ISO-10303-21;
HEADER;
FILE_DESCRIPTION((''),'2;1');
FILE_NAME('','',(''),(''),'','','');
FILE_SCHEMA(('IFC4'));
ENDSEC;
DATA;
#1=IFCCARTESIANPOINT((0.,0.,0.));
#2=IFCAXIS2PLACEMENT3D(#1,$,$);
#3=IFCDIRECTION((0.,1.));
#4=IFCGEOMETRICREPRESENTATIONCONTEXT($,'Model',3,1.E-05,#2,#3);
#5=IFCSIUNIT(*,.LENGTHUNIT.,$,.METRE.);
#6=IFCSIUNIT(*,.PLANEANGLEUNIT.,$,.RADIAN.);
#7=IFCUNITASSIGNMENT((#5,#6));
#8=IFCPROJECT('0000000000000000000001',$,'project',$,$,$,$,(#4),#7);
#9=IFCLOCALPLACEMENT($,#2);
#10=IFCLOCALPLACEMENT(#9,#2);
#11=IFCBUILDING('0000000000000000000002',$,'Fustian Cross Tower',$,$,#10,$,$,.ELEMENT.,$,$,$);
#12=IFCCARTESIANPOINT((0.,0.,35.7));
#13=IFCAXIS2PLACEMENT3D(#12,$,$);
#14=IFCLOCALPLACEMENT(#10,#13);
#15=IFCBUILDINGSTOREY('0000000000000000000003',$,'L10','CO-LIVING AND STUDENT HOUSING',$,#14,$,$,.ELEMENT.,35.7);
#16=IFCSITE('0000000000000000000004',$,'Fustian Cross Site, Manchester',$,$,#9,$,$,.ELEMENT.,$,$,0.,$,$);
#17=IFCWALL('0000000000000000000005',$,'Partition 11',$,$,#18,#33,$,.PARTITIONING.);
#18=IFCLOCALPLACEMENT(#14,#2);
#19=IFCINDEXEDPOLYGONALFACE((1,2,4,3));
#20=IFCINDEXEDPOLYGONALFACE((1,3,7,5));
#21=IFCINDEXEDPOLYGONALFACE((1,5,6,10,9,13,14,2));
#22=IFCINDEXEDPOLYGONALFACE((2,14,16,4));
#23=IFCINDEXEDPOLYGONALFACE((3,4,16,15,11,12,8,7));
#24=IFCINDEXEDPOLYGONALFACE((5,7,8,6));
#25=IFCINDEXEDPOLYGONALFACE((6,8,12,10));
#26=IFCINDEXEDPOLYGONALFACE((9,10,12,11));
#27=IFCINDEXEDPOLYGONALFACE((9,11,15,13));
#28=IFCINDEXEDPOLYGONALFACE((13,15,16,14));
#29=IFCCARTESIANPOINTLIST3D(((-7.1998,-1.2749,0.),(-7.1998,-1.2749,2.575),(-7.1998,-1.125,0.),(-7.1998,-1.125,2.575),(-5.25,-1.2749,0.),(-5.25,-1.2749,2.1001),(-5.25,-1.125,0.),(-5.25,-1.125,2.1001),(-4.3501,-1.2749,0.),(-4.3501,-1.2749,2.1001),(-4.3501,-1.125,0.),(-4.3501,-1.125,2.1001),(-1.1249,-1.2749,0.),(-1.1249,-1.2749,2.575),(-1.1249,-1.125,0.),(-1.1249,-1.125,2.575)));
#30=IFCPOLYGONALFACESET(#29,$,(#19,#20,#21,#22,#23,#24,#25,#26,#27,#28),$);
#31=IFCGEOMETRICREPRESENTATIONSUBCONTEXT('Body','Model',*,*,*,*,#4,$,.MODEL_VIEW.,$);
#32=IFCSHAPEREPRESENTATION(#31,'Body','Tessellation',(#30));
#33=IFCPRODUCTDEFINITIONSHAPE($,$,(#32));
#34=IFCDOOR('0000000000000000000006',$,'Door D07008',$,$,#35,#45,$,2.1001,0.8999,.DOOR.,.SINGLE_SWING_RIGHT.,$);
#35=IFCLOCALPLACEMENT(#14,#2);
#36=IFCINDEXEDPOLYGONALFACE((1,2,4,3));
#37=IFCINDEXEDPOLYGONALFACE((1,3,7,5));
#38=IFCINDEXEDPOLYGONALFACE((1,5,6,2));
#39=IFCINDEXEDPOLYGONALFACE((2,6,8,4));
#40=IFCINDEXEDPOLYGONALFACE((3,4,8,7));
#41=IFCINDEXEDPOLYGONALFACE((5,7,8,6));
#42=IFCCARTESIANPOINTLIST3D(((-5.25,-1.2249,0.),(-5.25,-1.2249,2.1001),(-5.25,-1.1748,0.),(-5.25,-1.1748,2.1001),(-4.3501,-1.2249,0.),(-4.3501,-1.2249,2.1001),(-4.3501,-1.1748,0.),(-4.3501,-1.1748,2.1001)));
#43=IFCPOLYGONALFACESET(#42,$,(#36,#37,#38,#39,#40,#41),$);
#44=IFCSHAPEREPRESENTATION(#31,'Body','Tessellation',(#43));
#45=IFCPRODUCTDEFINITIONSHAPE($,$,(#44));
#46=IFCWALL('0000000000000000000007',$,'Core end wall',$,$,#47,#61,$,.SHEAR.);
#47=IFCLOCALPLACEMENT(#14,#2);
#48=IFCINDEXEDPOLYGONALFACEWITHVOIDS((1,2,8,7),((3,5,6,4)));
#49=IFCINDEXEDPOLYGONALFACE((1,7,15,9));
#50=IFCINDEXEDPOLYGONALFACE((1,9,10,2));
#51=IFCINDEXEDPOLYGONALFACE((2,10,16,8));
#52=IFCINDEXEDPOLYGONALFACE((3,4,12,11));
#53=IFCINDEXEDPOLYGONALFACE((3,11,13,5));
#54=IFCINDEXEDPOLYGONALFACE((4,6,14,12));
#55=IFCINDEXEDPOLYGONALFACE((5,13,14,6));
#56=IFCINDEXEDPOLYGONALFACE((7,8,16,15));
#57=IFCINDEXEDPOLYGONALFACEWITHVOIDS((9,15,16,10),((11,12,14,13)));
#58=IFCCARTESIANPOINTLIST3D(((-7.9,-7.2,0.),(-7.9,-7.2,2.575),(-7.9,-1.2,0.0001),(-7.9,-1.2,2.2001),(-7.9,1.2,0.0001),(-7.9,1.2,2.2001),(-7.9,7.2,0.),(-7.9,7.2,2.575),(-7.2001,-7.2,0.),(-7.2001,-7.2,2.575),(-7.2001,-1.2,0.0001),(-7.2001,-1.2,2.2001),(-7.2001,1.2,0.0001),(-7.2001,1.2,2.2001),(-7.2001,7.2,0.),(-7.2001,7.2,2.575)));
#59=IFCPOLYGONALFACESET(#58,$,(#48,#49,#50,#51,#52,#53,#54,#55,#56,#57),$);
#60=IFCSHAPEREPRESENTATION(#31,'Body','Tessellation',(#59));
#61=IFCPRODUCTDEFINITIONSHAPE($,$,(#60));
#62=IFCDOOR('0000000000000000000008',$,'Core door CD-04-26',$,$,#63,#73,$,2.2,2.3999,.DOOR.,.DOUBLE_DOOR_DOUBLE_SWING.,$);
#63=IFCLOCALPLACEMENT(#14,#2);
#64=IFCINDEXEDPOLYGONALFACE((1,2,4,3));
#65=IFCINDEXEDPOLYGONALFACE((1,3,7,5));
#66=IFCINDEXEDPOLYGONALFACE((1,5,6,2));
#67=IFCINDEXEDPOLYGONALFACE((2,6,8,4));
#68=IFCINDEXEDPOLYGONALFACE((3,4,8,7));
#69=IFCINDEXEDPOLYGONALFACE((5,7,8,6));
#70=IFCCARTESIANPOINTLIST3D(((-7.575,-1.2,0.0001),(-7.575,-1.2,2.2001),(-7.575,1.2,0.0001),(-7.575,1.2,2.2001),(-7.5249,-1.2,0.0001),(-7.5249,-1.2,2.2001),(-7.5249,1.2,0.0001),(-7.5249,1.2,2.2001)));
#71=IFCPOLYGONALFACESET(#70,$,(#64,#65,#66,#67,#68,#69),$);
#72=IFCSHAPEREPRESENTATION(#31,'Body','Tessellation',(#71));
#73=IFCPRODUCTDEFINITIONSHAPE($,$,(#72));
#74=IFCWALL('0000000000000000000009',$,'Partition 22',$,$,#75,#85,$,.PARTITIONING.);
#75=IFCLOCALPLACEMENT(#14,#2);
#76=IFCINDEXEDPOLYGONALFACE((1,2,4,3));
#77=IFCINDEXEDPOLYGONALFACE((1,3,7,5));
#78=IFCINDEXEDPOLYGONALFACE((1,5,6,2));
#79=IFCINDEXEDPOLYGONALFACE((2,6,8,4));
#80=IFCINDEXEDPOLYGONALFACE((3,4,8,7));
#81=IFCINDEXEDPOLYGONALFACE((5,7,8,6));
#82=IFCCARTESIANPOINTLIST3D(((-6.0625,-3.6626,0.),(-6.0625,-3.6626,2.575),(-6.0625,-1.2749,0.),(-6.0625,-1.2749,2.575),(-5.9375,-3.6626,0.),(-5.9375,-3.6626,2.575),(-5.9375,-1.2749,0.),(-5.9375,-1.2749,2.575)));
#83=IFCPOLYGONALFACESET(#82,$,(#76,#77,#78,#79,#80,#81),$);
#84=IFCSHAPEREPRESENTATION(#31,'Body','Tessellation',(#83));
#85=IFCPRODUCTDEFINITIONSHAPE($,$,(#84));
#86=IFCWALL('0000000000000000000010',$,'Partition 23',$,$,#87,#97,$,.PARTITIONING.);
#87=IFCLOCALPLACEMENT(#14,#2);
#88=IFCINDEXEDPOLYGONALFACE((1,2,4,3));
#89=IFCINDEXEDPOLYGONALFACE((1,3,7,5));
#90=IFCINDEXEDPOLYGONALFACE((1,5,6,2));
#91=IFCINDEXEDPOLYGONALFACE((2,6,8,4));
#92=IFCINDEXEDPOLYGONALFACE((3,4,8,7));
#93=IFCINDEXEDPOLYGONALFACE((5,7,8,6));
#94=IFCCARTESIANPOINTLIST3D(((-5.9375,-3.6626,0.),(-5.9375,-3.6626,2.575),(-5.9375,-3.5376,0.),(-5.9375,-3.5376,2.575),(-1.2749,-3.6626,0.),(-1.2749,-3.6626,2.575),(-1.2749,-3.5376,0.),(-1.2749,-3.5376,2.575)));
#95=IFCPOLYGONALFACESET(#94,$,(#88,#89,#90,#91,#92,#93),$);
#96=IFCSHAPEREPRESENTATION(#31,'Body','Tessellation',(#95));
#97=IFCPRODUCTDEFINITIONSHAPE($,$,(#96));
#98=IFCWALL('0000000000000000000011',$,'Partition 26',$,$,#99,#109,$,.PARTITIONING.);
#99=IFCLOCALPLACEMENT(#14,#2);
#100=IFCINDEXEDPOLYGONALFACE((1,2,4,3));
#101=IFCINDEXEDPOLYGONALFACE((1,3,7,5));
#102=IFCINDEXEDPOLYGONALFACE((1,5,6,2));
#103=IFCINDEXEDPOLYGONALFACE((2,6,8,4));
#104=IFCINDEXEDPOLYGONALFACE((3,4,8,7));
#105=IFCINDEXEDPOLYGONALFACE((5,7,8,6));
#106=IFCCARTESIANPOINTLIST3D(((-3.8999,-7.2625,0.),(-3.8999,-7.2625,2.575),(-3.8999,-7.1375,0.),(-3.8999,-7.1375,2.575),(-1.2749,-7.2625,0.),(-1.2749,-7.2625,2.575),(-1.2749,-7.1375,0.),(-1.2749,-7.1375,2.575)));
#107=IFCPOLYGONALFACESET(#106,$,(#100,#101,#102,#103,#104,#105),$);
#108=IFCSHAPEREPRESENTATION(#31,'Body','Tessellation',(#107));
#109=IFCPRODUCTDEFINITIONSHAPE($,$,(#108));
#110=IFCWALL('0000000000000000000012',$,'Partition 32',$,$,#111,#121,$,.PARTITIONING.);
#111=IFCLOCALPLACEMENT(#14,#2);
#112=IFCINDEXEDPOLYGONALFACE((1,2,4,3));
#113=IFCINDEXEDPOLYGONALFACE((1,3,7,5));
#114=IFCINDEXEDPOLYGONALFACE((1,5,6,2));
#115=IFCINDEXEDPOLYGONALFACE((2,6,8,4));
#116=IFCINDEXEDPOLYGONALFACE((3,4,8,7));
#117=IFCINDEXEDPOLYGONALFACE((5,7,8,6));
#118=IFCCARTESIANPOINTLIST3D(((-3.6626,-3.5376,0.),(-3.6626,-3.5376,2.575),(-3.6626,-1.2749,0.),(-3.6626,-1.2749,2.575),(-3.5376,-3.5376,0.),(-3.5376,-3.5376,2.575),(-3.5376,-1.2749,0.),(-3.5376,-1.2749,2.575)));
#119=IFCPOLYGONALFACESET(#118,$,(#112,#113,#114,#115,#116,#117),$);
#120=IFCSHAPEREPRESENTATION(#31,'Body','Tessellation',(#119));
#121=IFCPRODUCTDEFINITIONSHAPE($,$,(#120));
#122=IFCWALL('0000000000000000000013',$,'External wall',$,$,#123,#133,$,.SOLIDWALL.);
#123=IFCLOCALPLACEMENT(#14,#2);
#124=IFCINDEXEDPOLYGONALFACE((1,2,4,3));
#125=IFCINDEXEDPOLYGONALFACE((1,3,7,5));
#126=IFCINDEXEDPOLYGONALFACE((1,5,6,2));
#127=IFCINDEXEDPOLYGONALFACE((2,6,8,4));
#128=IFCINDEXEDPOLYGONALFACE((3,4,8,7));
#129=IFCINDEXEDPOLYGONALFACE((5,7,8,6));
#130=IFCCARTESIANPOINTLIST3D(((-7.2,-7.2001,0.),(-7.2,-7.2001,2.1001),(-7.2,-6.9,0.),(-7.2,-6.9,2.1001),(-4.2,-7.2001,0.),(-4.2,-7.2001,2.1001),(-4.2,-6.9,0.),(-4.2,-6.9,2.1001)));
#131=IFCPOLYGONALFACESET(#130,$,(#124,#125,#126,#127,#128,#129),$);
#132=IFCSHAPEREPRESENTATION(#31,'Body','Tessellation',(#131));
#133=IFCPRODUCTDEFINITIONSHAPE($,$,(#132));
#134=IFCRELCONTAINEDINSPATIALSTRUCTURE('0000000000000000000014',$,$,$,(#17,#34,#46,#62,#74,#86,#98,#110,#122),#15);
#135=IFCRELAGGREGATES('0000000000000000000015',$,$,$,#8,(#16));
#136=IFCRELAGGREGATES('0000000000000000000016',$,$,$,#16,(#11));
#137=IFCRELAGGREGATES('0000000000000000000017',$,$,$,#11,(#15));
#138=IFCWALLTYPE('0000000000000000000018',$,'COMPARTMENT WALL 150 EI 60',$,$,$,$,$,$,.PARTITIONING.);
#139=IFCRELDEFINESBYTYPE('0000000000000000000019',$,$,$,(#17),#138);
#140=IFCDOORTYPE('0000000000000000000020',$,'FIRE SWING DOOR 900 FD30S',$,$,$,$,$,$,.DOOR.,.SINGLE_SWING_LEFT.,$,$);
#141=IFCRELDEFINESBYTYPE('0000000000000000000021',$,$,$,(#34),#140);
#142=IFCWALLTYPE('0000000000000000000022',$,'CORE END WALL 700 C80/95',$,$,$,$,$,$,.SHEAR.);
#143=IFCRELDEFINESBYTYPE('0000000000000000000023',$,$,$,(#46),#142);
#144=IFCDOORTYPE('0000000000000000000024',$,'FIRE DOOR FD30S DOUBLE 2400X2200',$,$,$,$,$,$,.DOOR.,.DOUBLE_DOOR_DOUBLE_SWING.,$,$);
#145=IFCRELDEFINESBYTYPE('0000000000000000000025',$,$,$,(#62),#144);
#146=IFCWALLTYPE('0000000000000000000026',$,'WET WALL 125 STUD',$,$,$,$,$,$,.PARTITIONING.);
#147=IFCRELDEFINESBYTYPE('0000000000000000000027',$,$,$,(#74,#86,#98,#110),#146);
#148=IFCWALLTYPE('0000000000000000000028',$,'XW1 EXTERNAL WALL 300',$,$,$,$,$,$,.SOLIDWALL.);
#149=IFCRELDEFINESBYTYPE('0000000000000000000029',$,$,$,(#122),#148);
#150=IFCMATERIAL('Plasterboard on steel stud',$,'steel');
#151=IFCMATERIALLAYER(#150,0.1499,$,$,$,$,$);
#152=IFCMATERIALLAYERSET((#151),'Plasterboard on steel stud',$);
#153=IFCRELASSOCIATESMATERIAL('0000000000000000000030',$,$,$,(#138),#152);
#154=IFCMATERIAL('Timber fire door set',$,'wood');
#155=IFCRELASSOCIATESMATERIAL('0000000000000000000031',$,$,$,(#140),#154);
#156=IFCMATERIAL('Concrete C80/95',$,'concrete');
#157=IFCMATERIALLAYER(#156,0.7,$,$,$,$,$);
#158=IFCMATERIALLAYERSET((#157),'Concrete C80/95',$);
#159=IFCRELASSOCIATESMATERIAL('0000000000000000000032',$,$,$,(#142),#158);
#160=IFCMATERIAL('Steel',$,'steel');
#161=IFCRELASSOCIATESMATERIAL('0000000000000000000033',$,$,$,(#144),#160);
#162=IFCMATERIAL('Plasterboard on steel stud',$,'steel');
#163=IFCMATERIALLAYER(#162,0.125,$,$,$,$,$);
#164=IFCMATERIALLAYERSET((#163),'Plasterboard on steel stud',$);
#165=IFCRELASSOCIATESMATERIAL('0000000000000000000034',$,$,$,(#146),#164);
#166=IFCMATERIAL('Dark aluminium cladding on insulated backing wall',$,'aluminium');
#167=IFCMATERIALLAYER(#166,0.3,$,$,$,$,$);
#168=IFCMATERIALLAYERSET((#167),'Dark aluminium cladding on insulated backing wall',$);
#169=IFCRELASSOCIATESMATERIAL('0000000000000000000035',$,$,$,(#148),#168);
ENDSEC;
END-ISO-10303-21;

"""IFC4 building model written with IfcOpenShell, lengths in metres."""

from ifc_helpers import new_model, si_unit, direction, frame, frame_2d, origin, place, context, subcontext, project, spatial, rectangle, extrude, material, layer, layer_set, type_object, element, fill, save


model = new_model("IFC4")

# Units and contexts
model_context = context("Model", 3, precision=1e-05, world=origin(), true_north=direction((0.0, 1.0)))
body_context = subcontext(model_context, "Body", "Model", "MODEL_VIEW")
ifc_project = project(units=[si_unit("LENGTHUNIT", "METRE"), si_unit("PLANEANGLEUNIT", "RADIAN")], contexts=[model_context])

# Site, building, storey
site_placement = place(None, origin())
site = spatial("IfcSite", under=ifc_project, at=site_placement, Name="Fustian Cross Site, Manchester", CompositionType="ELEMENT", RefElevation=0.0)
building_placement = place(site_placement, origin())
building = spatial("IfcBuilding", under=site, at=building_placement, Name="Fustian Cross Tower", CompositionType="ELEMENT")
storey_placement = place(building_placement, frame((0.0, 0.0, 35.7)))
storey = spatial("IfcBuildingStorey", under=building, at=storey_placement, Name="L10", Description="CO-LIVING AND STUDENT HOUSING", CompositionType="ELEMENT", Elevation=35.7)

# Walls, openings, doors
ifc_material_1 = material(Name="Plasterboard on steel stud", Category="steel")
ifc_layer_1 = layer(ifc_material_1, 0.1499)
ifc_layer_set_1 = layer_set([ifc_layer_1], Name="Plasterboard on steel stud")
wall_type_1 = type_object("IfcWallType", Name="COMPARTMENT WALL 150 EI 60", PredefinedType="PARTITIONING", material=ifc_layer_set_1)
wall_1_placement = place(storey_placement, frame((-7.2, -1.2, 0.0), z_axis=(0.0, 0.0, 1.0), x_axis=(1.0, 0.0, 0.0)))
wall_1 = element("IfcWall", 1, at=wall_1_placement, inside=storey, type_object=wall_type_1, Name="Partition 11", PredefinedType="PARTITIONING", context=body_context, shape_type="SweptSolid", body=[
    extrude(rectangle(XDim=6.075, YDim=0.1499, at=frame_2d((3.0376, 0.0))), origin(), (0.0, 0.0, 1.0), 2.575),
])
opening_1_placement = place(wall_1_placement, frame((1.95, 0.0, 0.0)))
opening_1 = element("IfcOpeningElement", 2, at=opening_1_placement, cuts=wall_1, PredefinedType="OPENING", context=body_context, shape_type="SweptSolid", body=[
    extrude(rectangle(XDim=0.8999, YDim=2.1001, at=frame_2d((0.45, 1.05))), frame((0.0, 0.085, 0.0), z_axis=(0.0, -1.0, 0.0), x_axis=(1.0, 0.0, 0.0)), (0.0, 0.0, 1.0), 0.1699),
])
ifc_material_2 = material(Name="Timber fire door set", Category="wood")
door_type_1 = type_object("IfcDoorType", Name="FIRE SWING DOOR 900 FD30S", OperationType="SINGLE_SWING_LEFT", PredefinedType="DOOR", material=ifc_material_2)
door_1_placement = place(opening_1_placement, frame((0.8999, 0.0, 0.0), z_axis=(0.0, 0.0, 1.0), x_axis=(-1.0, 0.0, 0.0)))
door_1 = element("IfcDoor", 3, at=door_1_placement, inside=storey, type_object=door_type_1, Name="Door D07008", OperationType="SINGLE_SWING_RIGHT", OverallHeight=2.1001, OverallWidth=0.8999, PredefinedType="DOOR", context=body_context, shape_type="SweptSolid", body=[
    extrude(rectangle(XDim=0.8999, YDim=2.1001, at=frame_2d((0.45, 1.05))), frame((0.0, 0.0249, 0.0), z_axis=(0.0, -1.0, 0.0), x_axis=(1.0, 0.0, 0.0)), (0.0, 0.0, 1.0), 0.05),
])
fill(opening_1, door_1)
ifc_material_3 = material(Name="Concrete C80/95", Category="concrete")
ifc_layer_2 = layer(ifc_material_3, 0.7)
ifc_layer_set_2 = layer_set([ifc_layer_2], Name="Concrete C80/95")
wall_type_2 = type_object("IfcWallType", Name="CORE END WALL 700 C80/95", PredefinedType="SHEAR", material=ifc_layer_set_2)
wall_2_placement = place(storey_placement, frame((-7.55, -7.2, 0.0), z_axis=(0.0, 0.0, 1.0), x_axis=(0.0, 1.0, 0.0)))
wall_2 = element("IfcWall", 4, at=wall_2_placement, inside=storey, type_object=wall_type_2, Name="Core end wall", PredefinedType="SHEAR", context=body_context, shape_type="SweptSolid", body=[
    extrude(rectangle(XDim=14.3999, YDim=0.7, at=frame_2d((7.2, 0.0))), origin(), (0.0, 0.0, 1.0), 2.575),
])
opening_2_placement = place(wall_2_placement, frame((6.0, 0.0, 0.0)))
opening_2 = element("IfcOpeningElement", 5, at=opening_2_placement, cuts=wall_2, PredefinedType="OPENING", context=body_context, shape_type="SweptSolid", body=[
    extrude(rectangle(XDim=2.3999, YDim=2.2, at=frame_2d((1.2, 1.1001))), frame((0.0, 0.3599, 0.0), z_axis=(0.0, -1.0, 0.0), x_axis=(1.0, 0.0, 0.0)), (0.0, 0.0, 1.0), 0.72),
])
ifc_material_4 = material(Name="Steel", Category="steel")
door_type_2 = type_object("IfcDoorType", Name="FIRE DOOR FD30S DOUBLE 2400X2200", OperationType="DOUBLE_DOOR_DOUBLE_SWING", PredefinedType="DOOR", material=ifc_material_4)
door_2_placement = place(opening_2_placement, origin())
door_2 = element("IfcDoor", 6, at=door_2_placement, inside=storey, type_object=door_type_2, Name="Core door CD-04-26", OperationType="DOUBLE_DOOR_DOUBLE_SWING", OverallHeight=2.2, OverallWidth=2.3999, PredefinedType="DOOR", context=body_context, shape_type="SweptSolid", body=[
    extrude(rectangle(XDim=2.3999, YDim=2.2, at=frame_2d((1.2, 1.1001))), frame((0.0, 0.0249, 0.0), z_axis=(0.0, -1.0, 0.0), x_axis=(1.0, 0.0, 0.0)), (0.0, 0.0, 1.0), 0.05),
])
fill(opening_2, door_2)

# Walls
ifc_material_5 = material(Name="Plasterboard on steel stud", Category="steel")
ifc_layer_3 = layer(ifc_material_5, 0.125)
ifc_layer_set_3 = layer_set([ifc_layer_3], Name="Plasterboard on steel stud")
wall_type_3 = type_object("IfcWallType", Name="WET WALL 125 STUD", PredefinedType="PARTITIONING", material=ifc_layer_set_3)
wall_3_placement = place(storey_placement, frame((-6.0, -3.6626, 0.0), z_axis=(0.0, 0.0, 1.0), x_axis=(0.0, 1.0, 0.0)))
element("IfcWall", 7, at=wall_3_placement, inside=storey, type_object=wall_type_3, Name="Partition 22", PredefinedType="PARTITIONING", context=body_context, shape_type="SweptSolid", body=[
    extrude(rectangle(XDim=2.3877, YDim=0.125, at=frame_2d((1.1938, 0.0))), origin(), (0.0, 0.0, 1.0), 2.575),
])
wall_4_placement = place(storey_placement, frame((-5.9375, -3.6001, 0.0), z_axis=(0.0, 0.0, 1.0), x_axis=(1.0, 0.0, 0.0)))
element("IfcWall", 8, at=wall_4_placement, inside=storey, type_object=wall_type_3, Name="Partition 23", PredefinedType="PARTITIONING", context=body_context, shape_type="SweptSolid", body=[
    extrude(rectangle(XDim=4.6626, YDim=0.125, at=frame_2d((2.3313, 0.0))), origin(), (0.0, 0.0, 1.0), 2.575),
])
wall_5_placement = place(storey_placement, frame((-3.8999, -7.2, 0.0), z_axis=(0.0, 0.0, 1.0), x_axis=(1.0, 0.0, 0.0)))
element("IfcWall", 9, at=wall_5_placement, inside=storey, type_object=wall_type_3, Name="Partition 26", PredefinedType="PARTITIONING", context=body_context, shape_type="SweptSolid", body=[
    extrude(rectangle(XDim=2.625, YDim=0.125, at=frame_2d((1.3125, 0.0))), origin(), (0.0, 0.0, 1.0), 2.575),
])
wall_6_placement = place(storey_placement, frame((-3.6001, -3.5376, 0.0), z_axis=(0.0, 0.0, 1.0), x_axis=(0.0, 1.0, 0.0)))
element("IfcWall", 10, at=wall_6_placement, inside=storey, type_object=wall_type_3, Name="Partition 32", PredefinedType="PARTITIONING", context=body_context, shape_type="SweptSolid", body=[
    extrude(rectangle(XDim=2.2627, YDim=0.125, at=frame_2d((1.1313, 0.0))), origin(), (0.0, 0.0, 1.0), 2.575),
])
ifc_material_6 = material(Name="Dark aluminium cladding on insulated backing wall", Category="aluminium")
ifc_layer_4 = layer(ifc_material_6, 0.3)
ifc_layer_set_4 = layer_set([ifc_layer_4], Name="Dark aluminium cladding on insulated backing wall")
wall_type_4 = type_object("IfcWallType", Name="XW1 EXTERNAL WALL 300", PredefinedType="SOLIDWALL", material=ifc_layer_set_4)
wall_7_placement = place(storey_placement, frame((-7.2, -7.05, 0.0), z_axis=(0.0, 0.0, 1.0), x_axis=(1.0, 0.0, 0.0)))
element("IfcWall", 11, at=wall_7_placement, inside=storey, type_object=wall_type_4, Name="External wall", PredefinedType="SOLIDWALL", context=body_context, shape_type="SweptSolid", body=[
    extrude(rectangle(XDim=3.0, YDim=0.3, at=frame_2d((1.5, 0.0))), origin(), (0.0, 0.0, 1.0), 2.1001),
])

save(model, "model.ifc")
